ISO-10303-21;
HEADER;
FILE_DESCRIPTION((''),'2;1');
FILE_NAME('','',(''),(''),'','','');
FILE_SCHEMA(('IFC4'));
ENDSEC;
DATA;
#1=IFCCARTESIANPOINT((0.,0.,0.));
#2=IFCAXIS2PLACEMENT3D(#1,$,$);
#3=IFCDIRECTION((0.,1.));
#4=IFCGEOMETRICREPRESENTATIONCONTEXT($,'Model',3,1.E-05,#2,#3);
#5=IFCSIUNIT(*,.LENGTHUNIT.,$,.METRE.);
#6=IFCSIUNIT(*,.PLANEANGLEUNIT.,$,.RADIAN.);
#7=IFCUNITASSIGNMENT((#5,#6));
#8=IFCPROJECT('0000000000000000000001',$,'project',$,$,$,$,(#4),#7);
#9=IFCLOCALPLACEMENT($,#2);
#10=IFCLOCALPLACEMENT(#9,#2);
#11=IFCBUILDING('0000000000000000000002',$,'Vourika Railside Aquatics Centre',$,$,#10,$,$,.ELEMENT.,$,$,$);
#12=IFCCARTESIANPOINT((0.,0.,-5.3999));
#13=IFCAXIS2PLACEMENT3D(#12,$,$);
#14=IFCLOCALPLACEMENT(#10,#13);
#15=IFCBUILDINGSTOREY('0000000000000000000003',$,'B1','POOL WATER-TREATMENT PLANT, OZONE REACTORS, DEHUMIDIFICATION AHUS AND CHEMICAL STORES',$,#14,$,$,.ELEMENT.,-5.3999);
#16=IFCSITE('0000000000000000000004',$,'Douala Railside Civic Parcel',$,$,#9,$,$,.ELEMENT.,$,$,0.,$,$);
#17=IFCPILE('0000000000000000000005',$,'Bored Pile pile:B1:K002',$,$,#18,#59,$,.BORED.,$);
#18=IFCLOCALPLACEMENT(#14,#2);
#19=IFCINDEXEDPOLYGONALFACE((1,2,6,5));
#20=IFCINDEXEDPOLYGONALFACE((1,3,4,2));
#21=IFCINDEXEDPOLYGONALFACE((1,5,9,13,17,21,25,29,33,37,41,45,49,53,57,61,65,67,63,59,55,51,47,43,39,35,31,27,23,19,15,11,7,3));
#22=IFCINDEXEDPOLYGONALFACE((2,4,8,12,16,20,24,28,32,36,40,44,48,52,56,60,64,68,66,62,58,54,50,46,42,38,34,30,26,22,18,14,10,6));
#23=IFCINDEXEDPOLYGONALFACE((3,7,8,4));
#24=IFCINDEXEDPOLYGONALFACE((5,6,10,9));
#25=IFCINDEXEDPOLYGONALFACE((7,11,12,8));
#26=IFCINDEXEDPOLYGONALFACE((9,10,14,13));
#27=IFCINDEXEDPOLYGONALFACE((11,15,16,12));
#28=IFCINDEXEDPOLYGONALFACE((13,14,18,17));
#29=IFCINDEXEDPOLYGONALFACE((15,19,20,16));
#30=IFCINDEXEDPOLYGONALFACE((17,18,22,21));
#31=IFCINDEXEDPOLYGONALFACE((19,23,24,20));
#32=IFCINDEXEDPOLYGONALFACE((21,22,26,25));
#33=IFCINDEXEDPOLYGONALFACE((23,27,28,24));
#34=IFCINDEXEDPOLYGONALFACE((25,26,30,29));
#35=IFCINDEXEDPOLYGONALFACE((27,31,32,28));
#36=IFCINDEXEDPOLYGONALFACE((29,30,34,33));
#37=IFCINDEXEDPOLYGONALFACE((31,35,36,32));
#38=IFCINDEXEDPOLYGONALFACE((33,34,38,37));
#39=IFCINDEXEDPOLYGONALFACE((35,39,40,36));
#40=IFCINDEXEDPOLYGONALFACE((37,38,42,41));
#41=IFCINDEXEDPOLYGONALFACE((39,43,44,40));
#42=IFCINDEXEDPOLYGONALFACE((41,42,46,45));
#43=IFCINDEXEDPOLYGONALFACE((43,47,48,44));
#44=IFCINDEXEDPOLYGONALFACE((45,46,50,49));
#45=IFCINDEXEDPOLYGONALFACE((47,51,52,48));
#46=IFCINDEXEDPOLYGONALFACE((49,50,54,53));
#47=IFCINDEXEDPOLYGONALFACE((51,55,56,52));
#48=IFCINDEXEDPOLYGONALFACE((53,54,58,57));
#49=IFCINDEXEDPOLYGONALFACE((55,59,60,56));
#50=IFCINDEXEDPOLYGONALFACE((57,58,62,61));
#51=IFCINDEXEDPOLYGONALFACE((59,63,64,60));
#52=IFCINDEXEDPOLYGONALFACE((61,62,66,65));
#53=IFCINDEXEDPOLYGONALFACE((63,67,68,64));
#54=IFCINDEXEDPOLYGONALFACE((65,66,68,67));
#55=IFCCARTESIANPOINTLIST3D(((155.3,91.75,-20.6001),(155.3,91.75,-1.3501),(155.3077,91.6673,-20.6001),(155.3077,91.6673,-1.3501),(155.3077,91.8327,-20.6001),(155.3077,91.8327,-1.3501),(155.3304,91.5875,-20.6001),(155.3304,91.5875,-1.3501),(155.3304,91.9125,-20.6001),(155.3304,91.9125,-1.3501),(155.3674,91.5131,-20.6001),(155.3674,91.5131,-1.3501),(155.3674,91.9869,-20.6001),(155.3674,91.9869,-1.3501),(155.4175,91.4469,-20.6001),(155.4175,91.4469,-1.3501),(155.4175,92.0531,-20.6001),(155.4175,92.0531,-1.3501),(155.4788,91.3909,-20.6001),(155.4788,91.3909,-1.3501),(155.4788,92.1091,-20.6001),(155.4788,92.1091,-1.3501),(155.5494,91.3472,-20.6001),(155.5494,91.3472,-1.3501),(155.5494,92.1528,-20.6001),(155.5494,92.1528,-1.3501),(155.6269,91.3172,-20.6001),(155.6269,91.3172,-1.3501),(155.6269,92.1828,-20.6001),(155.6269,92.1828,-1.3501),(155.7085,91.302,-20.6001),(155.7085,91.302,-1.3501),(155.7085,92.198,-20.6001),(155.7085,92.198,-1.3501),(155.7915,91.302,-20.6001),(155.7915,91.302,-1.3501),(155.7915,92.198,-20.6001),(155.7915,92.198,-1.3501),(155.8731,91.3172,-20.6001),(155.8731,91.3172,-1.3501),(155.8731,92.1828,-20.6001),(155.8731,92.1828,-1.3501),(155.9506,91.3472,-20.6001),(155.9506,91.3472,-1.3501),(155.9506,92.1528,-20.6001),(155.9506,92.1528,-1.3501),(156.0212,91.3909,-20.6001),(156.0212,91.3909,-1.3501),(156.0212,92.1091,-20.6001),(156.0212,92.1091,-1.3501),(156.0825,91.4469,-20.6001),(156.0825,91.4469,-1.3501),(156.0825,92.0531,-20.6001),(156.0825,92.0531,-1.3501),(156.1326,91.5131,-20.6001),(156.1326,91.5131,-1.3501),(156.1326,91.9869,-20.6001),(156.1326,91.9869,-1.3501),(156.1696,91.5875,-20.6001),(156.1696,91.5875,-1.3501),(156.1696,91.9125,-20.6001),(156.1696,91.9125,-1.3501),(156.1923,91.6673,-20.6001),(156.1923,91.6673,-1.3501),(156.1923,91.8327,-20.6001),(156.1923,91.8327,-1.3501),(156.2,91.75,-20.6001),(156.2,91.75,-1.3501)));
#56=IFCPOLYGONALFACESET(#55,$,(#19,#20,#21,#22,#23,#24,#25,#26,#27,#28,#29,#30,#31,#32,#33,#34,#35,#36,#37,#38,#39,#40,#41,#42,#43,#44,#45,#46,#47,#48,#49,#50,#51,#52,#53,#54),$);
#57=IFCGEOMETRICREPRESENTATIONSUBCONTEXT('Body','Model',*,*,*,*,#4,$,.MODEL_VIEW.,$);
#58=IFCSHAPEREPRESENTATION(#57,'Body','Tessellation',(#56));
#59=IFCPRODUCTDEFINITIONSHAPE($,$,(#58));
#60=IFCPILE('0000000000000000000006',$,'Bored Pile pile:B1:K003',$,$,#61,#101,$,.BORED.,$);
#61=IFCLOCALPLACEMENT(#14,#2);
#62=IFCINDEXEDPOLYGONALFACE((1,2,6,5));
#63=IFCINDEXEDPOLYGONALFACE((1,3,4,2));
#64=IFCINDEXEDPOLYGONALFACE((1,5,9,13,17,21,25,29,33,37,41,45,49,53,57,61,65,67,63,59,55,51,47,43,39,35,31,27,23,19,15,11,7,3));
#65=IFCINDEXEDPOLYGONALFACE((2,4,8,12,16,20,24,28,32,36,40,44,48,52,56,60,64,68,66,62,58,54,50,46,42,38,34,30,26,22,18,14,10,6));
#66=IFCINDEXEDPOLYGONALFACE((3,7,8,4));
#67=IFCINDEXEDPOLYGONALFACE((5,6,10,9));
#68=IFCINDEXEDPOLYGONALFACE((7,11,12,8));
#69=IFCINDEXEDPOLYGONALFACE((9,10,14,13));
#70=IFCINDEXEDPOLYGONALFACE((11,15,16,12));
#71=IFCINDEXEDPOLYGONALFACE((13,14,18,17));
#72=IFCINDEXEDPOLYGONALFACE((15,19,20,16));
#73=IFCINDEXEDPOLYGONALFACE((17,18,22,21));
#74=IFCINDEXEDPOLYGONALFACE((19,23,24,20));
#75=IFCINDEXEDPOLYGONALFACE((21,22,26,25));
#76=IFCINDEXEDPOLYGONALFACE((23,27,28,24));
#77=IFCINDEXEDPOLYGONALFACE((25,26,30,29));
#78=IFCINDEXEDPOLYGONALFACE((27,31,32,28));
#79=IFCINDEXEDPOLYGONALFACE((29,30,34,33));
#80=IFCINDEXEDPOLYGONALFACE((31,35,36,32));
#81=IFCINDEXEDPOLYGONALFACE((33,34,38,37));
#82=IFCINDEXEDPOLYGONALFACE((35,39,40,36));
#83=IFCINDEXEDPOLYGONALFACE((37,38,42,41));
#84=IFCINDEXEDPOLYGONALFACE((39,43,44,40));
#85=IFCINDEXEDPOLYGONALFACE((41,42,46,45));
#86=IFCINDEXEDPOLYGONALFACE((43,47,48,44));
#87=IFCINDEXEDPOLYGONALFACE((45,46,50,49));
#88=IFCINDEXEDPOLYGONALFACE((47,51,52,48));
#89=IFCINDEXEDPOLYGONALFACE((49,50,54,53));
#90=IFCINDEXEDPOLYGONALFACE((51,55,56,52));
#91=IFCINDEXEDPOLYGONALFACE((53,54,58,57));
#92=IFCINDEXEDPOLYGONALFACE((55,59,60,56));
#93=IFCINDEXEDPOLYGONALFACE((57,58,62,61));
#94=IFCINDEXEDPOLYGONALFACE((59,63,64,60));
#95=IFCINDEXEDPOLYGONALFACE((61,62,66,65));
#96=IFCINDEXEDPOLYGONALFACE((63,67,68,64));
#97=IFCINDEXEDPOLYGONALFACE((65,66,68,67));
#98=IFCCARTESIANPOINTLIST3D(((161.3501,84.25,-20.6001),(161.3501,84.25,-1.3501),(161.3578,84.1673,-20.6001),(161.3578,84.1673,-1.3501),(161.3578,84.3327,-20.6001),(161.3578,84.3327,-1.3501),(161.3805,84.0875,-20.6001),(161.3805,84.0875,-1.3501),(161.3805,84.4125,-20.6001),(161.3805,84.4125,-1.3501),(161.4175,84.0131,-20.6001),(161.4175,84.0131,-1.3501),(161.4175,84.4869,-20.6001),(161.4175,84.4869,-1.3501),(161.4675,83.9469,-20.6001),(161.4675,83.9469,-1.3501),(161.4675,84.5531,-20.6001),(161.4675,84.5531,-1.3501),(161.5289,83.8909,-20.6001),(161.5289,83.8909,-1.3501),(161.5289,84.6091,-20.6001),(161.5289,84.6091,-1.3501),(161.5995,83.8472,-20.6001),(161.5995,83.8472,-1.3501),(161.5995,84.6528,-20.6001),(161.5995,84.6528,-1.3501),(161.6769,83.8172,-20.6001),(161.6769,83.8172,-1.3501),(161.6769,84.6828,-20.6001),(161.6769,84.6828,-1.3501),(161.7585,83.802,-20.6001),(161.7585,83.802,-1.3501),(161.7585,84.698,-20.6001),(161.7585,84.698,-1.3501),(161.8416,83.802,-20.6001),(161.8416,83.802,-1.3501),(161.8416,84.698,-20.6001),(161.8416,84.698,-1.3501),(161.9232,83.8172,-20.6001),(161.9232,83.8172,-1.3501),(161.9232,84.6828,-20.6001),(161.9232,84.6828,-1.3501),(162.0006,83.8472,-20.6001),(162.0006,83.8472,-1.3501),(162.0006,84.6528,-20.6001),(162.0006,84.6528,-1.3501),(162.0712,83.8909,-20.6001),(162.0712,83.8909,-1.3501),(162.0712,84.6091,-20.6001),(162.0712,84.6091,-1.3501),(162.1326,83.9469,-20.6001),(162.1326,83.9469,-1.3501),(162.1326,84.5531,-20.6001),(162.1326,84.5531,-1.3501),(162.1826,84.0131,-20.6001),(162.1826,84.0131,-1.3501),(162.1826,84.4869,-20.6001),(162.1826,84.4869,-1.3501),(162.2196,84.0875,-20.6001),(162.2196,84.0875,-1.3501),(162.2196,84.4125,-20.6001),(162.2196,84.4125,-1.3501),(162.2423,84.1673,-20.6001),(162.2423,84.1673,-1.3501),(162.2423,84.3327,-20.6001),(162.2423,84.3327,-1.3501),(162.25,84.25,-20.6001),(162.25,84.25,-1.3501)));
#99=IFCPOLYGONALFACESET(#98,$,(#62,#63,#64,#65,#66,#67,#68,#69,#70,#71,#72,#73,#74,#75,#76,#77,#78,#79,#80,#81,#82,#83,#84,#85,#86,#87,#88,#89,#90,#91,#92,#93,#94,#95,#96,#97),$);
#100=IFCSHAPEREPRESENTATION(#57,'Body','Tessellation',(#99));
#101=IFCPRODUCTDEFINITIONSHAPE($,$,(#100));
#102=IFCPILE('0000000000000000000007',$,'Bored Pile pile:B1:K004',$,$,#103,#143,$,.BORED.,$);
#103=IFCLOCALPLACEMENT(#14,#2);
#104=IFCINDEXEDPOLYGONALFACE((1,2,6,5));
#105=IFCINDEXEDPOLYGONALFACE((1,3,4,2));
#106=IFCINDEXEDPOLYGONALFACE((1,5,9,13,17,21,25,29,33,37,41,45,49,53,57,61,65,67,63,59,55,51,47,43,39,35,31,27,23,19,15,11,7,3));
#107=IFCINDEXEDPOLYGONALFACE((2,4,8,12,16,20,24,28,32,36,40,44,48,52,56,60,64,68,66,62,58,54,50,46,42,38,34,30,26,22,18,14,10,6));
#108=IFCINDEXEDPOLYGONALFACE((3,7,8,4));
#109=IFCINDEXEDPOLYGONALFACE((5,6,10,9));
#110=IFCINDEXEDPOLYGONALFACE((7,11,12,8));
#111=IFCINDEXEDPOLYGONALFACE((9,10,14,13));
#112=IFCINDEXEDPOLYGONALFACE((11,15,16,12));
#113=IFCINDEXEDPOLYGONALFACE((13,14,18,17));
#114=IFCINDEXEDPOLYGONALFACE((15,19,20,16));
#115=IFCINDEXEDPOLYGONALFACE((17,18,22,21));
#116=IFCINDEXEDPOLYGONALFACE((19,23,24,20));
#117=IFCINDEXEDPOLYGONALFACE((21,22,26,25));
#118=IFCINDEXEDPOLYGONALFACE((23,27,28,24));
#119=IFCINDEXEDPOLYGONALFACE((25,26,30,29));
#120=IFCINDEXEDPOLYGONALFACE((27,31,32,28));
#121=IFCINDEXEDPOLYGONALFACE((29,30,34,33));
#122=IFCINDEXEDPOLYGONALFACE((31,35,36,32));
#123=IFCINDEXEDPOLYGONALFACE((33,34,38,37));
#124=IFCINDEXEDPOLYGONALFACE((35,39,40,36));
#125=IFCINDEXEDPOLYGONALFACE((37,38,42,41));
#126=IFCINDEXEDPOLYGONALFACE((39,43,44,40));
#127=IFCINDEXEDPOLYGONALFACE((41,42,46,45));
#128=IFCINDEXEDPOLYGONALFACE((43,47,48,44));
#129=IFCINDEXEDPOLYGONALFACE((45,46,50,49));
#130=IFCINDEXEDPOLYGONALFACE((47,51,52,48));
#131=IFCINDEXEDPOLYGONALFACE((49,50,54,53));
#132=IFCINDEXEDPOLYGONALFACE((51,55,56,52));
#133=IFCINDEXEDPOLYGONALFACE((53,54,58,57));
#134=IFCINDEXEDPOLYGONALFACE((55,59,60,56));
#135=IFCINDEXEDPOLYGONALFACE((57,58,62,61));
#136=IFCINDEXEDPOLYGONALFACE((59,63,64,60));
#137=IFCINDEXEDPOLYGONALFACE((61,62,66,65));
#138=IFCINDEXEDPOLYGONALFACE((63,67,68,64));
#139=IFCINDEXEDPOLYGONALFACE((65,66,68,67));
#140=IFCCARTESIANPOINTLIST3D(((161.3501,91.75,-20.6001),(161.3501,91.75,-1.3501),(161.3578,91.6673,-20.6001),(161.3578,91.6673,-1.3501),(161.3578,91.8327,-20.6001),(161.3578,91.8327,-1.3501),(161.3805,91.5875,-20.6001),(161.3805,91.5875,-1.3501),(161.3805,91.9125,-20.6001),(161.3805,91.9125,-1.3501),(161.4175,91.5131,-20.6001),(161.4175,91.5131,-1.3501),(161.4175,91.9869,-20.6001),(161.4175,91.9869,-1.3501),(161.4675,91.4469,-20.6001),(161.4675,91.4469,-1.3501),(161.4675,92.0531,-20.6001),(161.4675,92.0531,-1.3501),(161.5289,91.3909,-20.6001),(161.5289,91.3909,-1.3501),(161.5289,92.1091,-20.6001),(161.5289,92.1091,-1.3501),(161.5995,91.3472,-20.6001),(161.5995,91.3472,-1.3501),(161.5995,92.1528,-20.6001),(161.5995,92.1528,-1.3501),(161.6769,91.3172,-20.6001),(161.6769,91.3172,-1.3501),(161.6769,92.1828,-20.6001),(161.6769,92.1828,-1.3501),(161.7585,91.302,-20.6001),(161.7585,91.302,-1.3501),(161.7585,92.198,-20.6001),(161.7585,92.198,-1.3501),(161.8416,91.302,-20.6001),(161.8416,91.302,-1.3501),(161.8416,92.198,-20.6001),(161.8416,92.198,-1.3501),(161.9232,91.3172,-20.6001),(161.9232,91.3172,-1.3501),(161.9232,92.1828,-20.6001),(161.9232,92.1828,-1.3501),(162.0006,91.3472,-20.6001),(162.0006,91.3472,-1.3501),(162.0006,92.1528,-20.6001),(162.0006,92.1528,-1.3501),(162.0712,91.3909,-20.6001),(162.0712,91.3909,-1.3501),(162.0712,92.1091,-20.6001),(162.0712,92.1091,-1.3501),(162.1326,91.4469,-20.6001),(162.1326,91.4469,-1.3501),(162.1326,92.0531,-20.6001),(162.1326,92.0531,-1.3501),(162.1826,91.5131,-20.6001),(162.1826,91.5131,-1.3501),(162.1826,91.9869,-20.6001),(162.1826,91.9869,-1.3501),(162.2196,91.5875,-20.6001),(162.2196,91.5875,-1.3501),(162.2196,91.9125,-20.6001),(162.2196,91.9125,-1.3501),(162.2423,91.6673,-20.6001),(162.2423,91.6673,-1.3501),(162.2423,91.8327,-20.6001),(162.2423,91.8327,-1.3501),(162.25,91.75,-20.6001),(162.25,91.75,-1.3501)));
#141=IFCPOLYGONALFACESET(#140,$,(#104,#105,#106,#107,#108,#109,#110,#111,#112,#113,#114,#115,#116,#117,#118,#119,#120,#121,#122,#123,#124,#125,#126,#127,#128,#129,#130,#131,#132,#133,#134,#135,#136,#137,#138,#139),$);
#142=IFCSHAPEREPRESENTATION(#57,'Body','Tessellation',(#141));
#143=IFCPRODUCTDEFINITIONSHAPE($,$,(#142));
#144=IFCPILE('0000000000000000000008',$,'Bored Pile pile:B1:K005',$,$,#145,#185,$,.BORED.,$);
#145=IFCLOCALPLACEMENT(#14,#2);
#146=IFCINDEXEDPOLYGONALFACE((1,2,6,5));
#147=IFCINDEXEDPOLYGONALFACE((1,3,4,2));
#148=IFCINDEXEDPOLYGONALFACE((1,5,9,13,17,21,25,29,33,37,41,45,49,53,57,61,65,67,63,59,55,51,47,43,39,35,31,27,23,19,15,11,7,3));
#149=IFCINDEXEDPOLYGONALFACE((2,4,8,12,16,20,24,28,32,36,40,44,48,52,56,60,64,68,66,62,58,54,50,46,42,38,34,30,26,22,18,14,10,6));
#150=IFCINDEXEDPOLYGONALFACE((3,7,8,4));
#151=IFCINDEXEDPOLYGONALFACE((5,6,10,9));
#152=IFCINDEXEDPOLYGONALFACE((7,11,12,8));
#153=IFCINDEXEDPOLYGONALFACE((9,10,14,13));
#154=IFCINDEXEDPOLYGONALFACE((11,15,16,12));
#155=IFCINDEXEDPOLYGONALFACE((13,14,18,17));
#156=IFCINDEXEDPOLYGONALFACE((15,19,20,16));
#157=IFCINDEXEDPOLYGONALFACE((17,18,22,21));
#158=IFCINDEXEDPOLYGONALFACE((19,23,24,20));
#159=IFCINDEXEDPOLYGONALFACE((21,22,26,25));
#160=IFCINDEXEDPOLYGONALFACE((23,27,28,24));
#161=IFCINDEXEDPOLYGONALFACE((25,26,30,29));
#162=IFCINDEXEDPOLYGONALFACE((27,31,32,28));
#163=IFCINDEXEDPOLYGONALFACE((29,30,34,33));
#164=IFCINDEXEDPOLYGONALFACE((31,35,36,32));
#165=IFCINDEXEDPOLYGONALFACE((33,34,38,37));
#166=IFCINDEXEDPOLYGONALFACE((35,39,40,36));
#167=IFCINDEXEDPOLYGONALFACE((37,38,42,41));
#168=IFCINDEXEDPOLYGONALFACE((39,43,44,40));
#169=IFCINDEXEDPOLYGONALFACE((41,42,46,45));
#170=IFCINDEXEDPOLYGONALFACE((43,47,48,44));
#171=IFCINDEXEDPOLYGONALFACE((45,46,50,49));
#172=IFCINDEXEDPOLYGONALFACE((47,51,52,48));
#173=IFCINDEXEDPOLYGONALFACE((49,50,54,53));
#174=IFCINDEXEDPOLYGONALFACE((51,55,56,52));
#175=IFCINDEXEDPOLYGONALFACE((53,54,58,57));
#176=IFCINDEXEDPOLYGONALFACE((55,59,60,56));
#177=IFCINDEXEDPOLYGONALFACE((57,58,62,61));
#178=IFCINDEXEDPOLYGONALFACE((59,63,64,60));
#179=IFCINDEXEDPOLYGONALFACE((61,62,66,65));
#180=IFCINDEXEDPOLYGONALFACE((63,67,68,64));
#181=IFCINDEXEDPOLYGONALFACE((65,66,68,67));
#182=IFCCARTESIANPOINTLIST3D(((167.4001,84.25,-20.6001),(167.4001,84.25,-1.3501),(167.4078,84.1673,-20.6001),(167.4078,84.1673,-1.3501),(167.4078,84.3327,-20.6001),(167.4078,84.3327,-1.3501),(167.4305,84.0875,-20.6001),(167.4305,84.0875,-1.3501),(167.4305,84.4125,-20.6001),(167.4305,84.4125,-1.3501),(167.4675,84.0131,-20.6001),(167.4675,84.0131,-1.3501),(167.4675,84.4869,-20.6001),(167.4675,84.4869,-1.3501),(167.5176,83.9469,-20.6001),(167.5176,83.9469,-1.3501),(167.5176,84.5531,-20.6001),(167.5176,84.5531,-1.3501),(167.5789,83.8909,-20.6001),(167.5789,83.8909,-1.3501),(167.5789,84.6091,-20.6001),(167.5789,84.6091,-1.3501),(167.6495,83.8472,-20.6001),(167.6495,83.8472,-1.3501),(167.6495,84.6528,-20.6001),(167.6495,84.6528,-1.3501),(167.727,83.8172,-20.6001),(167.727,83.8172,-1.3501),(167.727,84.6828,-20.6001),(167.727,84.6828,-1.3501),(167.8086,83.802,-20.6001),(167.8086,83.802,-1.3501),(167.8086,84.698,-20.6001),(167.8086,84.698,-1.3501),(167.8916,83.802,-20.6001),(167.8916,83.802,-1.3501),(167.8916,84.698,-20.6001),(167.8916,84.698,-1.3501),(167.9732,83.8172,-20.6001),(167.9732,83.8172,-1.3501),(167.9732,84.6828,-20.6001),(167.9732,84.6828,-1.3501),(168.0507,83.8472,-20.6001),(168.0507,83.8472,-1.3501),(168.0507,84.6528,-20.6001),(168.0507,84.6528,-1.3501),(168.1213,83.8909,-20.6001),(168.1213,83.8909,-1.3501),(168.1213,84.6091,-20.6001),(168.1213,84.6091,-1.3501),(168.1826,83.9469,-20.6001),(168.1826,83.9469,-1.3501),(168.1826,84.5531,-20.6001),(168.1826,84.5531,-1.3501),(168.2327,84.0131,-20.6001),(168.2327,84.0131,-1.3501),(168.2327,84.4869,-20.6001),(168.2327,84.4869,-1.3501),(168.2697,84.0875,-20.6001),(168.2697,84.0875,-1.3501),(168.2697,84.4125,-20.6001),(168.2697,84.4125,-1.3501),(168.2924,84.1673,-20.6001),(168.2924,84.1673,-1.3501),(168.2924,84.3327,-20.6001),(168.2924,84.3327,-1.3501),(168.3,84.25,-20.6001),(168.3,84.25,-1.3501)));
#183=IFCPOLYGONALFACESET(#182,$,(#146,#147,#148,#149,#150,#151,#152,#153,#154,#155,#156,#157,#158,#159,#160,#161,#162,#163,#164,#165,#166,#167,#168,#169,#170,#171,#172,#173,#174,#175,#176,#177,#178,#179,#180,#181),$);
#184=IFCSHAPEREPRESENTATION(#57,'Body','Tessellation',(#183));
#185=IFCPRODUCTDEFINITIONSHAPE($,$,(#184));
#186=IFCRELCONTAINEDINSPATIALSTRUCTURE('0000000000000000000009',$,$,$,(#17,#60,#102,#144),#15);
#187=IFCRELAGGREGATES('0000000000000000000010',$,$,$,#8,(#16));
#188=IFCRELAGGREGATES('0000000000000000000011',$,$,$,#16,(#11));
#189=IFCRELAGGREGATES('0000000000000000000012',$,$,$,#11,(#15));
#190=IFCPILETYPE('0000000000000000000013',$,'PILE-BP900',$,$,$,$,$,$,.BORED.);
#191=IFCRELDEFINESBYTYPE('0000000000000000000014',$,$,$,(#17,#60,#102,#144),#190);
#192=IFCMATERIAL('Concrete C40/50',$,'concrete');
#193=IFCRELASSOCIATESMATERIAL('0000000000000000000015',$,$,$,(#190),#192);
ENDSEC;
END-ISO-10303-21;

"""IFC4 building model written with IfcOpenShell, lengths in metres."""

from ifc_helpers import new_model, si_unit, direction, frame, origin, origin_2d, place, context, subcontext, project, spatial, circle, extrude, material, material_profile, profile_set, type_object, element, save


model = new_model("IFC4")

# Units and contexts
model_context = context("Model", 3, precision=1e-05, world=origin(), true_north=direction((0.0, 1.0)))
body_context = subcontext(model_context, "Body", "Model", "MODEL_VIEW")
ifc_project = project(units=[si_unit("LENGTHUNIT", "METRE"), si_unit("PLANEANGLEUNIT", "RADIAN")], contexts=[model_context])

# Site, building, storey
site_placement = place(None, origin())
site = spatial("IfcSite", under=ifc_project, at=site_placement, Name="Douala Railside Civic Parcel", CompositionType="ELEMENT", RefElevation=0.0)
building_placement = place(site_placement, origin())
building = spatial("IfcBuilding", under=site, at=building_placement, Name="Vourika Railside Aquatics Centre", CompositionType="ELEMENT")
storey_placement = place(building_placement, frame((0.0, 0.0, -5.3999)))
storey = spatial("IfcBuildingStorey", under=building, at=storey_placement, Name="B1", Description="POOL WATER-TREATMENT PLANT, OZONE REACTORS, DEHUMIDIFICATION AHUS AND CHEMICAL STORES", CompositionType="ELEMENT", Elevation=-5.3999)

# Shared definitions
ifc_material = material(Name="Concrete C40/50", Category="concrete")

# Piles
ifc_material_profile_1 = material_profile(ifc_material, circle(Radius=0.45, at=origin_2d()), Name="BP 900")
ifc_profile_set_1 = profile_set([ifc_material_profile_1], Name="Concrete C40/50")
pile_type_1 = type_object("IfcPileType", Name="PILE-BP900", PredefinedType="BORED", material=ifc_profile_set_1)
for number, where, z_axis, x_axis, name in (
    (1, (155.75, 91.75, -1.3501), (0.0, 0.0, -1.0), (1.0, 0.0, 0.0), "Bored Pile pile:B1:K002"),
    (2, (161.8, 84.25, -1.3501), (0.0, 0.0, -1.0), (1.0, 0.0, 0.0), "Bored Pile pile:B1:K003"),
    (3, (161.8, 91.75, -1.3501), (0.0, 0.0, -1.0), (1.0, 0.0, 0.0), "Bored Pile pile:B1:K004"),
    (4, (167.8501, 84.25, -1.3501), (0.0, 0.0, -1.0), (1.0, 0.0, 0.0), "Bored Pile pile:B1:K005"),
):
    element("IfcPile", number, at=place(storey_placement, frame(where, z_axis=z_axis, x_axis=x_axis)), inside=storey, type_object=pile_type_1, Name=name, PredefinedType="BORED", context=body_context, shape_type="SweptSolid", body=[
        extrude(circle(Radius=0.45, at=origin_2d()), origin(), (0.0, 0.0, 1.0), 19.25),
    ])

save(model, "model.ifc")
